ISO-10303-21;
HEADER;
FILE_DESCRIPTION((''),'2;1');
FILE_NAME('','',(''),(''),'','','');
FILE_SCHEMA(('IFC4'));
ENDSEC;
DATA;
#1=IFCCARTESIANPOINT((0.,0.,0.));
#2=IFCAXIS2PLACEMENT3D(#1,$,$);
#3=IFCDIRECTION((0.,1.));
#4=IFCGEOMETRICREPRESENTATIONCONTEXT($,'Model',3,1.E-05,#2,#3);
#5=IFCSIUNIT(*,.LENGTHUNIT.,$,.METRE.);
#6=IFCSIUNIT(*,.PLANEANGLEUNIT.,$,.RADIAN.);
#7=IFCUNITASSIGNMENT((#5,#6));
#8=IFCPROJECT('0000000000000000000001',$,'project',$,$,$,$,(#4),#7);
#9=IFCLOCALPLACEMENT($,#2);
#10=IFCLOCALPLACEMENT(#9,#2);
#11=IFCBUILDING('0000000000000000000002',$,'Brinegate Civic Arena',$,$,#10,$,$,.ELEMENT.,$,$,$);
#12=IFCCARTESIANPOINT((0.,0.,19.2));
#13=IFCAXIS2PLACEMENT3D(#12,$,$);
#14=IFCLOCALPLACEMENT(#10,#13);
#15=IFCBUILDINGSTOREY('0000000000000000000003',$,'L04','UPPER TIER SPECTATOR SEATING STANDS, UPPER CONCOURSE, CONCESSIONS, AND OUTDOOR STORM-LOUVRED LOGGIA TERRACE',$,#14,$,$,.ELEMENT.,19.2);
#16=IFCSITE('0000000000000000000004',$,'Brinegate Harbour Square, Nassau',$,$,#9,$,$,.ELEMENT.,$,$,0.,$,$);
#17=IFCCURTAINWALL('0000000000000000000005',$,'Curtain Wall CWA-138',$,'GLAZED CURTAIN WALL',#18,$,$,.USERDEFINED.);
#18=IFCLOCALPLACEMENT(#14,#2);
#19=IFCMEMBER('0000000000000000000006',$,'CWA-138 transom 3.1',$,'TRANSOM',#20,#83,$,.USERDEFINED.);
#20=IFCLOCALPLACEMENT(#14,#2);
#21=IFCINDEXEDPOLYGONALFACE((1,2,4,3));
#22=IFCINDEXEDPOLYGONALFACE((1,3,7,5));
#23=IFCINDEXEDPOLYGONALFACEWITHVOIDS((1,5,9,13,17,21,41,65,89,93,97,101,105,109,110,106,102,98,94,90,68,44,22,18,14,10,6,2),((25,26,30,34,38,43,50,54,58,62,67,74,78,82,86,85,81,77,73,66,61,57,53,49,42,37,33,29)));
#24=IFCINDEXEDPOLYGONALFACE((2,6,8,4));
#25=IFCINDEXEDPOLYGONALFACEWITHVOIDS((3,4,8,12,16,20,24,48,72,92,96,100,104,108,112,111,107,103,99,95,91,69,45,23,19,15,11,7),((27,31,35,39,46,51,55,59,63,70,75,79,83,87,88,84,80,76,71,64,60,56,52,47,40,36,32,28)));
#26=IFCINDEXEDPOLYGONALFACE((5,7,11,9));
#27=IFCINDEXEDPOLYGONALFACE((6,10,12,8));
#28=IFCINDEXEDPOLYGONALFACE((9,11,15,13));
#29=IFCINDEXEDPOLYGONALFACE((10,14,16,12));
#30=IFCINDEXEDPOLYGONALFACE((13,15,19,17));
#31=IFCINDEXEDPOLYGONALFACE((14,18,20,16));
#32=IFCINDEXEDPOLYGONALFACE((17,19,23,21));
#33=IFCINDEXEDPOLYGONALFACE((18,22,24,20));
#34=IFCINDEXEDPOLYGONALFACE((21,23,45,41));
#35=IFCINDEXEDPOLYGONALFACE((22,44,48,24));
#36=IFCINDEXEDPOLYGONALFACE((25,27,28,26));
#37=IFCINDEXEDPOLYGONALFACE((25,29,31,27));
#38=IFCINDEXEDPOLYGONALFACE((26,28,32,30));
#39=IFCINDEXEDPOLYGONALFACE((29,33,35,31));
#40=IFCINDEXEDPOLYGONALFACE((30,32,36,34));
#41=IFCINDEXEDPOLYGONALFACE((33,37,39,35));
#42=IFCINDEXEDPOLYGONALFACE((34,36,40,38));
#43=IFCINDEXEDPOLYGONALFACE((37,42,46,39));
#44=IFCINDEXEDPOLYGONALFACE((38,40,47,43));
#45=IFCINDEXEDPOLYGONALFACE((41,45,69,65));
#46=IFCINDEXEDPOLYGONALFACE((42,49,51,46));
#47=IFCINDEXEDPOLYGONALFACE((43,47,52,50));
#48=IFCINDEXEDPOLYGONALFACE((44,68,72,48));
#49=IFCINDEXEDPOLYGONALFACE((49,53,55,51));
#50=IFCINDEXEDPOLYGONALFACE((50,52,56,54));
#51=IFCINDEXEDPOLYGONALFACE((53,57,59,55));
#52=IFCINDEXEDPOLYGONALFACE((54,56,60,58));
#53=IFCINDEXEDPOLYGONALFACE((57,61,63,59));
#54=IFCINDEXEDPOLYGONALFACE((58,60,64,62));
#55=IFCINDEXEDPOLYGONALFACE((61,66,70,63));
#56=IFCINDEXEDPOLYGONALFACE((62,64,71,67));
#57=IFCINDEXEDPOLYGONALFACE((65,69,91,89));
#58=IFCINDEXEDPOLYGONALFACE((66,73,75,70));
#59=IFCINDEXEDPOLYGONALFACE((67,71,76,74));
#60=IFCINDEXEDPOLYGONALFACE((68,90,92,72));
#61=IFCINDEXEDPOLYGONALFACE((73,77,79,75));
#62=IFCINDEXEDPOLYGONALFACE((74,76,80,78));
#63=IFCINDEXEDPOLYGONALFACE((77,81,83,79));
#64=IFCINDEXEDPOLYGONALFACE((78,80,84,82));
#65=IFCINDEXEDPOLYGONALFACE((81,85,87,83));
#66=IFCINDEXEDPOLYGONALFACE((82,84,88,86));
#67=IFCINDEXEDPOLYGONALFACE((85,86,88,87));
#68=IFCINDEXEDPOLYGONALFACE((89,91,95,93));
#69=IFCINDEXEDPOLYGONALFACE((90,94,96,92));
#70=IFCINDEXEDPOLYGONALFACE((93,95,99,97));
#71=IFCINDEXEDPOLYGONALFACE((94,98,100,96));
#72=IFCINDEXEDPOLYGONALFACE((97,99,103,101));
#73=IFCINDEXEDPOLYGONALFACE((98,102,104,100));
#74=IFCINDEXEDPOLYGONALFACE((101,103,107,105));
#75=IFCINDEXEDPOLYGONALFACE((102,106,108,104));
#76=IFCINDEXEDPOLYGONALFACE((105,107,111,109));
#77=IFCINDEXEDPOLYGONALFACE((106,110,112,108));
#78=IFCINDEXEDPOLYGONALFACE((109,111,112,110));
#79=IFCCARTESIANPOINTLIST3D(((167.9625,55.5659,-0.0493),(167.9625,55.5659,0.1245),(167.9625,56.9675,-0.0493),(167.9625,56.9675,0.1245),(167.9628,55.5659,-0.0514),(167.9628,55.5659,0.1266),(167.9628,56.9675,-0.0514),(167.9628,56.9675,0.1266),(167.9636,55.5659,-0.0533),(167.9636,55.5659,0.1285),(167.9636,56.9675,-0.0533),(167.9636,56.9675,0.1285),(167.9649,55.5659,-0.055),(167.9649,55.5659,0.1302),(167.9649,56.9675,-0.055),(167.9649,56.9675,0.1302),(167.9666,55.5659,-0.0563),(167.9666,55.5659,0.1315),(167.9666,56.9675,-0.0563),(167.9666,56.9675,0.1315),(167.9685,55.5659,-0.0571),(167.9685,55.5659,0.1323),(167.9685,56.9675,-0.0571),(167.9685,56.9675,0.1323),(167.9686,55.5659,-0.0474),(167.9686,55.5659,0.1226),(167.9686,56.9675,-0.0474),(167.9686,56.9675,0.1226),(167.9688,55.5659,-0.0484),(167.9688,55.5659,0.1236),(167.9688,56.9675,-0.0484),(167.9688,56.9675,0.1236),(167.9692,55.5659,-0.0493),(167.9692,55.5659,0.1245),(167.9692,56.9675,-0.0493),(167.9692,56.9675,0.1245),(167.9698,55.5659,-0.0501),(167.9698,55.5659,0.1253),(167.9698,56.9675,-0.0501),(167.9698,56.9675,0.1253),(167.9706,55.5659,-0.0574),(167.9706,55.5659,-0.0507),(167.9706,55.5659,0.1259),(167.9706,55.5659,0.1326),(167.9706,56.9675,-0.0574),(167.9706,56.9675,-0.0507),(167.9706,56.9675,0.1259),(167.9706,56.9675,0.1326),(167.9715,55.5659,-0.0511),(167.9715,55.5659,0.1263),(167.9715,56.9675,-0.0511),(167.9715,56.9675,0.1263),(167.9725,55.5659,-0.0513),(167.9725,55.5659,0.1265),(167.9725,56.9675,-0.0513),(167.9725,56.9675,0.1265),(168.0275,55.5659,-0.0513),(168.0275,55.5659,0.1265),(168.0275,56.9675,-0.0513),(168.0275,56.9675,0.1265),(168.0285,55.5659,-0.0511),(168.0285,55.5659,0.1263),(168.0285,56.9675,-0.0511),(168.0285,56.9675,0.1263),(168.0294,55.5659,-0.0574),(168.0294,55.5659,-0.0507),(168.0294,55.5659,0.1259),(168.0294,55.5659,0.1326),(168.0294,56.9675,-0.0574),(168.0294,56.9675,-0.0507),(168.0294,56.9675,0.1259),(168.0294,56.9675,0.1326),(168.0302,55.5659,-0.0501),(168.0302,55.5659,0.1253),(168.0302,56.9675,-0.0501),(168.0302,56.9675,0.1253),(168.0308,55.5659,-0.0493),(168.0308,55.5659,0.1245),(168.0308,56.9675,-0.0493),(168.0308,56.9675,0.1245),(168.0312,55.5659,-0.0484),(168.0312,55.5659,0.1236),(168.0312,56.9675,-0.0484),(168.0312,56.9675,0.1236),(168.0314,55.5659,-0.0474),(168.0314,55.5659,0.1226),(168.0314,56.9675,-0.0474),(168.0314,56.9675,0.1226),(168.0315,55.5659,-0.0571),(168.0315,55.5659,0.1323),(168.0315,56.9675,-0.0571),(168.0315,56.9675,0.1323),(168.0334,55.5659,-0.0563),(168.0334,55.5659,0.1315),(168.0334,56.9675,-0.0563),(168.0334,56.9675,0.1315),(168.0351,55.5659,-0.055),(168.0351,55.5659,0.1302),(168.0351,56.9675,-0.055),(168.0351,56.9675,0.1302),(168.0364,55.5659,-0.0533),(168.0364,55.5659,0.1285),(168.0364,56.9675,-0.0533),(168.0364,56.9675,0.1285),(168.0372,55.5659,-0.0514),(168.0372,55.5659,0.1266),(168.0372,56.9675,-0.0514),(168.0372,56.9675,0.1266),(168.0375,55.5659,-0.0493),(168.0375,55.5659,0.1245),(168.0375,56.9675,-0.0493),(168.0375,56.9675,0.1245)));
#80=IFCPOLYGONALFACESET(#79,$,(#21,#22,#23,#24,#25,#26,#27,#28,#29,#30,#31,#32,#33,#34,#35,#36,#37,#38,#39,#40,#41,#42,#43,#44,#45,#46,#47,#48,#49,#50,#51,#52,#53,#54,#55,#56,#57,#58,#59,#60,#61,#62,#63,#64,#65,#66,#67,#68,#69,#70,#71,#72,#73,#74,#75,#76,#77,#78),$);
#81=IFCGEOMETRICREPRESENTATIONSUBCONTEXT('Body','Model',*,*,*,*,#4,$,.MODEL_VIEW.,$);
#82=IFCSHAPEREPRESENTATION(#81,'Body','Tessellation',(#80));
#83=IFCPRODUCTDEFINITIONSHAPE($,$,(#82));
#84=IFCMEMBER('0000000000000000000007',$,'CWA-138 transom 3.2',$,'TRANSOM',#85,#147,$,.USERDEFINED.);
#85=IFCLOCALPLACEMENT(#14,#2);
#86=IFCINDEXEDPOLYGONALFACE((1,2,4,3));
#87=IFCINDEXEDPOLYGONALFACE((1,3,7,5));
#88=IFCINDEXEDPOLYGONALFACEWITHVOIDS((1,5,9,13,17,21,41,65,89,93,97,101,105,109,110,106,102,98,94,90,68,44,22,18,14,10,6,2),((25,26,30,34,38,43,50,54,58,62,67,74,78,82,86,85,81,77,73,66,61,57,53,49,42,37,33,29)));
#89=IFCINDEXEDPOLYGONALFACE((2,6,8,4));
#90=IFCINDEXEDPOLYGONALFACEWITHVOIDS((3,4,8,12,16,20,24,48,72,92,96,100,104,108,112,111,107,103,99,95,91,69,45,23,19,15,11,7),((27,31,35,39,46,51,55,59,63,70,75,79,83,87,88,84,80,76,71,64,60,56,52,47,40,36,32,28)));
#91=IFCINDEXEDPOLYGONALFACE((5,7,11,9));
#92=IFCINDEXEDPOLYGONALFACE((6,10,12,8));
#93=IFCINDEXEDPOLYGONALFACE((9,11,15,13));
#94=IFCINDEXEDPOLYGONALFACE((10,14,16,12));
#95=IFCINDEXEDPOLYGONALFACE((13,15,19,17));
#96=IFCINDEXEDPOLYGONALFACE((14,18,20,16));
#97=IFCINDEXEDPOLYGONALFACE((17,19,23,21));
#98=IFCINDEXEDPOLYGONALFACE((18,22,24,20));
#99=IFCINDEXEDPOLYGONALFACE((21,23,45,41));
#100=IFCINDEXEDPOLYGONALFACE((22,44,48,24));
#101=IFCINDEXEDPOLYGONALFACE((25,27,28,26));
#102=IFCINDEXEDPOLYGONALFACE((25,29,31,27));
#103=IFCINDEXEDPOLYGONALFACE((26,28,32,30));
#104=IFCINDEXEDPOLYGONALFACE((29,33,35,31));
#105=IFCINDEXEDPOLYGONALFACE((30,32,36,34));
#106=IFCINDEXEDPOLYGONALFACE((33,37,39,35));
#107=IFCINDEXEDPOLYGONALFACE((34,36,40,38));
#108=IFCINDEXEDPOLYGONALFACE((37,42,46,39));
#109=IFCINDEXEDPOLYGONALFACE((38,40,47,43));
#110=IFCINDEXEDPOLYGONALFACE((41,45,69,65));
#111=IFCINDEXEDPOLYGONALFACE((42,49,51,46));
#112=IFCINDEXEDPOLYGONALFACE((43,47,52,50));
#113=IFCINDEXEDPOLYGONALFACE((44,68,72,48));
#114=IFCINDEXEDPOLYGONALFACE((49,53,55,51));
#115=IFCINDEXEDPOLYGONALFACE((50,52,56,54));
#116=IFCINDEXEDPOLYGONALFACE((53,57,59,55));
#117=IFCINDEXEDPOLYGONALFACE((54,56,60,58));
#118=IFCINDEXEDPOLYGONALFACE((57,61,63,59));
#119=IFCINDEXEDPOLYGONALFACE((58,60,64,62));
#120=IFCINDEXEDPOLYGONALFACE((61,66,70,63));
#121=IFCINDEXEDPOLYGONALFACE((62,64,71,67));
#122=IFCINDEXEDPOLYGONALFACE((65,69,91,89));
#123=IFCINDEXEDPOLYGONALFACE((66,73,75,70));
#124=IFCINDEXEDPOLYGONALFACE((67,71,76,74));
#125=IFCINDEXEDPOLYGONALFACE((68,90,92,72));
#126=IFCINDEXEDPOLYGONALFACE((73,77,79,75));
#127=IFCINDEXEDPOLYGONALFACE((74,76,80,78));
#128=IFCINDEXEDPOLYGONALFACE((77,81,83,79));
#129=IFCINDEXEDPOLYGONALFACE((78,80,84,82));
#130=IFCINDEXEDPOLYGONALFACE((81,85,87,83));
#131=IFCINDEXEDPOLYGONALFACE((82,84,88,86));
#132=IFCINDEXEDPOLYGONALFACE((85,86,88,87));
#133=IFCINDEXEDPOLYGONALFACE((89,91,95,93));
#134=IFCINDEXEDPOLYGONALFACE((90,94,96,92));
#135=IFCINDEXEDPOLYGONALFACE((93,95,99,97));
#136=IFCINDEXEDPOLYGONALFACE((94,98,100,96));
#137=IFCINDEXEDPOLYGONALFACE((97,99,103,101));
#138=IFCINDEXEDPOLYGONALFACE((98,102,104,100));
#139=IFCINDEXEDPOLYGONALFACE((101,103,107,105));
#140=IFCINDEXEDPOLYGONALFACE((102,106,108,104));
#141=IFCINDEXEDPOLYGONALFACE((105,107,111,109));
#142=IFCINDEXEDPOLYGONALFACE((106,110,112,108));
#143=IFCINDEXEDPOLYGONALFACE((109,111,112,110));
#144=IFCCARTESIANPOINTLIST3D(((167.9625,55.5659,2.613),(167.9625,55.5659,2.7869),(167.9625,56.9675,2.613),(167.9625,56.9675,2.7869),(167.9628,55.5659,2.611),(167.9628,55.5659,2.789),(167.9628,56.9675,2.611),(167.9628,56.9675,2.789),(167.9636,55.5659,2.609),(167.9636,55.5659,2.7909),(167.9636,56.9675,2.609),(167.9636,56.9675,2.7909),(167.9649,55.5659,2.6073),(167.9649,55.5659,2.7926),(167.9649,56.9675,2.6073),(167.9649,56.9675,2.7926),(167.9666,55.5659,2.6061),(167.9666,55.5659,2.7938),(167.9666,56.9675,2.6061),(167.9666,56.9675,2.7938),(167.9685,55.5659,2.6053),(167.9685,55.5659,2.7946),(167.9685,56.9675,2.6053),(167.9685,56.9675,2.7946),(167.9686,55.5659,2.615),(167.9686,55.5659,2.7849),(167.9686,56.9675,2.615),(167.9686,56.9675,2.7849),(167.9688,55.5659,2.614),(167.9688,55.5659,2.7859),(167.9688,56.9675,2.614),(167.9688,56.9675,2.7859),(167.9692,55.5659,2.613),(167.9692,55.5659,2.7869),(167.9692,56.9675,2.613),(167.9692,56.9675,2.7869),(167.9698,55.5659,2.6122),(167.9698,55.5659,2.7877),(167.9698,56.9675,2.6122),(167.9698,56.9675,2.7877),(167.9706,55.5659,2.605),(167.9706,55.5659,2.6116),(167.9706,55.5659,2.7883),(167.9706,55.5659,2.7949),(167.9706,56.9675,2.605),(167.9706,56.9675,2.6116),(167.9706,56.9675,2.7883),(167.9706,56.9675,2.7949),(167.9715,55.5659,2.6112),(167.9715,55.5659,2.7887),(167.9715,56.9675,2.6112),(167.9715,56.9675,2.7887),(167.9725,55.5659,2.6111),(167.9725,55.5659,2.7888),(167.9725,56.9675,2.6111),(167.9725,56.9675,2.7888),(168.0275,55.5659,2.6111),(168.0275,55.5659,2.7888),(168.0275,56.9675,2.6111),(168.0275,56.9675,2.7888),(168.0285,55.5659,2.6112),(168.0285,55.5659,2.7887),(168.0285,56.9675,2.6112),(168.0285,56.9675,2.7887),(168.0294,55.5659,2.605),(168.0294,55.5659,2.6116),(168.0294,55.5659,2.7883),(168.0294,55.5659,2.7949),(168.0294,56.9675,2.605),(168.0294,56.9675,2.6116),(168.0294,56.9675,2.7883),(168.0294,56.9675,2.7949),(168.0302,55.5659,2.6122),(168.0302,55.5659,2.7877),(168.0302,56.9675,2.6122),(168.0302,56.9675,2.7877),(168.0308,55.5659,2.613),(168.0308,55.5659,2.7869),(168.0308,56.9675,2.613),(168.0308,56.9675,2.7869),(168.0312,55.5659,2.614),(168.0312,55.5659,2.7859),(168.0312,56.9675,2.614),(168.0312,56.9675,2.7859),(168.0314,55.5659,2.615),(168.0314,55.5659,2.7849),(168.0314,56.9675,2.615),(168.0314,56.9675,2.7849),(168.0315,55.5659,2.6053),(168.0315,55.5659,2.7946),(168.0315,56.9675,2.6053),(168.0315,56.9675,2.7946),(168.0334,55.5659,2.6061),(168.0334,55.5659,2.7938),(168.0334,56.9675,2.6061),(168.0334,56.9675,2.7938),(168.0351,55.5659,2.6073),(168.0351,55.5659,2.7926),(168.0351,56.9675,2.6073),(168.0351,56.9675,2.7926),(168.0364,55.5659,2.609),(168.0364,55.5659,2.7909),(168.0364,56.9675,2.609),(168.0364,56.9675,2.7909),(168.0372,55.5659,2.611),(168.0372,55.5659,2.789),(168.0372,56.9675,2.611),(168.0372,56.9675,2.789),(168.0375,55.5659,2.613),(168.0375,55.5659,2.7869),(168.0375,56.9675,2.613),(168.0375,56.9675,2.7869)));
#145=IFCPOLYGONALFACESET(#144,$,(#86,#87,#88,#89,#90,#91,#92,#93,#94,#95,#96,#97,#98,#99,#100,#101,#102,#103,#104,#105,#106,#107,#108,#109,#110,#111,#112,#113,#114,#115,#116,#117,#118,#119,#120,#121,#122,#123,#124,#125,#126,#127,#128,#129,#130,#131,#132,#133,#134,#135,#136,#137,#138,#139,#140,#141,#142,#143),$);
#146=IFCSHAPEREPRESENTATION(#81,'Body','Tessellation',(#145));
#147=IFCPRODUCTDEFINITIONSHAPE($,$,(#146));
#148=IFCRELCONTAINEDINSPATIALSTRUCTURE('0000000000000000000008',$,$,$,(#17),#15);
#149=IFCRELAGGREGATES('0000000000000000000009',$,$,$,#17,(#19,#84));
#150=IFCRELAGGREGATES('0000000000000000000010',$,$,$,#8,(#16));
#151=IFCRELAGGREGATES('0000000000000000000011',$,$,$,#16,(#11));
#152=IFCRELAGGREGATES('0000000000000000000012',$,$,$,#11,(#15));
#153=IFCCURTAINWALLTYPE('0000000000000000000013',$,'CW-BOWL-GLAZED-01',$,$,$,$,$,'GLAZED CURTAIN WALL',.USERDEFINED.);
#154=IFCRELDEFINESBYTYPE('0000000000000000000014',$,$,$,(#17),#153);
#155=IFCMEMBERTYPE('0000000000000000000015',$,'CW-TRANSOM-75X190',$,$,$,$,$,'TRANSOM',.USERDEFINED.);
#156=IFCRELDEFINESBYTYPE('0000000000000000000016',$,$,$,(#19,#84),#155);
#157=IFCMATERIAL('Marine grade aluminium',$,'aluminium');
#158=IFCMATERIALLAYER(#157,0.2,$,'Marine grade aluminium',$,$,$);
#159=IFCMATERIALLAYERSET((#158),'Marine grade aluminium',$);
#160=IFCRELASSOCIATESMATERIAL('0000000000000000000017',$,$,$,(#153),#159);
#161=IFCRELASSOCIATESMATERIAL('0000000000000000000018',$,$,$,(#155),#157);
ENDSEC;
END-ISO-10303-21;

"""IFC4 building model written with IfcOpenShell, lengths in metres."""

from ifc_helpers import new_model, si_unit, direction, frame, origin, origin_2d, place, context, subcontext, project, spatial, hollow_rectangle, extrude, material, layer, layer_set, material_profile, profile_set, type_object, element, aggregate, save


model = new_model("IFC4")

# Units and contexts
model_context = context("Model", 3, precision=1e-05, world=origin(), true_north=direction((0.0, 1.0)))
body_context = subcontext(model_context, "Body", "Model", "MODEL_VIEW")
ifc_project = project(units=[si_unit("LENGTHUNIT", "METRE"), si_unit("PLANEANGLEUNIT", "RADIAN")], contexts=[model_context])

# Site, building, storey
site_placement = place(None, origin())
site = spatial("IfcSite", under=ifc_project, at=site_placement, Name="Brinegate Harbour Square, Nassau", CompositionType="ELEMENT", RefElevation=0.0)
building_placement = place(site_placement, origin())
building = spatial("IfcBuilding", under=site, at=building_placement, Name="Brinegate Civic Arena", CompositionType="ELEMENT")
storey_placement = place(building_placement, frame((0.0, 0.0, 19.2)))
storey = spatial("IfcBuildingStorey", under=building, at=storey_placement, Name="L04", Description="UPPER TIER SPECTATOR SEATING STANDS, UPPER CONCOURSE, CONCESSIONS, AND OUTDOOR STORM-LOUVRED LOGGIA TERRACE", CompositionType="ELEMENT", Elevation=19.2)

# Curtain wall, members
ifc_material_1 = material(Name="Marine grade aluminium", Category="aluminium")
ifc_layer_1 = layer(ifc_material_1, 0.2, Name="Marine grade aluminium")
ifc_layer_set_1 = layer_set([ifc_layer_1], Name="Marine grade aluminium")
curtain_wall_type = type_object("IfcCurtainWallType", Name="CW-BOWL-GLAZED-01", ElementType="GLAZED CURTAIN WALL", PredefinedType="USERDEFINED", material=ifc_layer_set_1)
curtain_wall_placement = place(storey_placement, origin())
curtain_wall = element("IfcCurtainWall", 1, at=curtain_wall_placement, inside=storey, type_object=curtain_wall_type, Name="Curtain Wall CWA-138", ObjectType="GLAZED CURTAIN WALL", PredefinedType="USERDEFINED")
ifc_material_profile_1 = material_profile(ifc_material_1, hollow_rectangle(XDim=0.075, YDim=0.1899, WallThickness=0.0061, InnerFilletRadius=0.0039, OuterFilletRadius=0.0081, at=origin_2d()), Name="TRN75X190")
ifc_profile_set_1 = profile_set([ifc_material_profile_1], Name="Marine grade aluminium")
member_type_1 = type_object("IfcMemberType", Name="CW-TRANSOM-75X190", ElementType="TRANSOM", PredefinedType="USERDEFINED", material=ifc_profile_set_1)
member_1_placement = place(storey_placement, frame((168.0, 55.5659, 0.0376), z_axis=(0.0, 1.0, 0.0), x_axis=(-1.0, 0.0, 0.0)))
member_1 = element("IfcMember", 2, at=member_1_placement, type_object=member_type_1, Name="CWA-138 transom 3.1", ObjectType="TRANSOM", PredefinedType="USERDEFINED", context=body_context, shape_type="SweptSolid", body=[
    extrude(hollow_rectangle(XDim=0.075, YDim=0.1899, WallThickness=0.0061, InnerFilletRadius=0.0039, OuterFilletRadius=0.0081, at=origin_2d()), origin(), (0.0, 0.0, 1.0), 1.4016),
])
member_2_placement = place(storey_placement, frame((168.0, 55.5659, 2.7), z_axis=(0.0, 1.0, 0.0), x_axis=(-1.0, 0.0, 0.0)))
member_2 = element("IfcMember", 3, at=member_2_placement, type_object=member_type_1, Name="CWA-138 transom 3.2", ObjectType="TRANSOM", PredefinedType="USERDEFINED", context=body_context, shape_type="SweptSolid", body=[
    extrude(hollow_rectangle(XDim=0.075, YDim=0.1899, WallThickness=0.0061, InnerFilletRadius=0.0039, OuterFilletRadius=0.0081, at=origin_2d()), origin(), (0.0, 0.0, 1.0), 1.4016),
])
aggregate(curtain_wall, [member_1, member_2])

save(model, "model.ifc")
